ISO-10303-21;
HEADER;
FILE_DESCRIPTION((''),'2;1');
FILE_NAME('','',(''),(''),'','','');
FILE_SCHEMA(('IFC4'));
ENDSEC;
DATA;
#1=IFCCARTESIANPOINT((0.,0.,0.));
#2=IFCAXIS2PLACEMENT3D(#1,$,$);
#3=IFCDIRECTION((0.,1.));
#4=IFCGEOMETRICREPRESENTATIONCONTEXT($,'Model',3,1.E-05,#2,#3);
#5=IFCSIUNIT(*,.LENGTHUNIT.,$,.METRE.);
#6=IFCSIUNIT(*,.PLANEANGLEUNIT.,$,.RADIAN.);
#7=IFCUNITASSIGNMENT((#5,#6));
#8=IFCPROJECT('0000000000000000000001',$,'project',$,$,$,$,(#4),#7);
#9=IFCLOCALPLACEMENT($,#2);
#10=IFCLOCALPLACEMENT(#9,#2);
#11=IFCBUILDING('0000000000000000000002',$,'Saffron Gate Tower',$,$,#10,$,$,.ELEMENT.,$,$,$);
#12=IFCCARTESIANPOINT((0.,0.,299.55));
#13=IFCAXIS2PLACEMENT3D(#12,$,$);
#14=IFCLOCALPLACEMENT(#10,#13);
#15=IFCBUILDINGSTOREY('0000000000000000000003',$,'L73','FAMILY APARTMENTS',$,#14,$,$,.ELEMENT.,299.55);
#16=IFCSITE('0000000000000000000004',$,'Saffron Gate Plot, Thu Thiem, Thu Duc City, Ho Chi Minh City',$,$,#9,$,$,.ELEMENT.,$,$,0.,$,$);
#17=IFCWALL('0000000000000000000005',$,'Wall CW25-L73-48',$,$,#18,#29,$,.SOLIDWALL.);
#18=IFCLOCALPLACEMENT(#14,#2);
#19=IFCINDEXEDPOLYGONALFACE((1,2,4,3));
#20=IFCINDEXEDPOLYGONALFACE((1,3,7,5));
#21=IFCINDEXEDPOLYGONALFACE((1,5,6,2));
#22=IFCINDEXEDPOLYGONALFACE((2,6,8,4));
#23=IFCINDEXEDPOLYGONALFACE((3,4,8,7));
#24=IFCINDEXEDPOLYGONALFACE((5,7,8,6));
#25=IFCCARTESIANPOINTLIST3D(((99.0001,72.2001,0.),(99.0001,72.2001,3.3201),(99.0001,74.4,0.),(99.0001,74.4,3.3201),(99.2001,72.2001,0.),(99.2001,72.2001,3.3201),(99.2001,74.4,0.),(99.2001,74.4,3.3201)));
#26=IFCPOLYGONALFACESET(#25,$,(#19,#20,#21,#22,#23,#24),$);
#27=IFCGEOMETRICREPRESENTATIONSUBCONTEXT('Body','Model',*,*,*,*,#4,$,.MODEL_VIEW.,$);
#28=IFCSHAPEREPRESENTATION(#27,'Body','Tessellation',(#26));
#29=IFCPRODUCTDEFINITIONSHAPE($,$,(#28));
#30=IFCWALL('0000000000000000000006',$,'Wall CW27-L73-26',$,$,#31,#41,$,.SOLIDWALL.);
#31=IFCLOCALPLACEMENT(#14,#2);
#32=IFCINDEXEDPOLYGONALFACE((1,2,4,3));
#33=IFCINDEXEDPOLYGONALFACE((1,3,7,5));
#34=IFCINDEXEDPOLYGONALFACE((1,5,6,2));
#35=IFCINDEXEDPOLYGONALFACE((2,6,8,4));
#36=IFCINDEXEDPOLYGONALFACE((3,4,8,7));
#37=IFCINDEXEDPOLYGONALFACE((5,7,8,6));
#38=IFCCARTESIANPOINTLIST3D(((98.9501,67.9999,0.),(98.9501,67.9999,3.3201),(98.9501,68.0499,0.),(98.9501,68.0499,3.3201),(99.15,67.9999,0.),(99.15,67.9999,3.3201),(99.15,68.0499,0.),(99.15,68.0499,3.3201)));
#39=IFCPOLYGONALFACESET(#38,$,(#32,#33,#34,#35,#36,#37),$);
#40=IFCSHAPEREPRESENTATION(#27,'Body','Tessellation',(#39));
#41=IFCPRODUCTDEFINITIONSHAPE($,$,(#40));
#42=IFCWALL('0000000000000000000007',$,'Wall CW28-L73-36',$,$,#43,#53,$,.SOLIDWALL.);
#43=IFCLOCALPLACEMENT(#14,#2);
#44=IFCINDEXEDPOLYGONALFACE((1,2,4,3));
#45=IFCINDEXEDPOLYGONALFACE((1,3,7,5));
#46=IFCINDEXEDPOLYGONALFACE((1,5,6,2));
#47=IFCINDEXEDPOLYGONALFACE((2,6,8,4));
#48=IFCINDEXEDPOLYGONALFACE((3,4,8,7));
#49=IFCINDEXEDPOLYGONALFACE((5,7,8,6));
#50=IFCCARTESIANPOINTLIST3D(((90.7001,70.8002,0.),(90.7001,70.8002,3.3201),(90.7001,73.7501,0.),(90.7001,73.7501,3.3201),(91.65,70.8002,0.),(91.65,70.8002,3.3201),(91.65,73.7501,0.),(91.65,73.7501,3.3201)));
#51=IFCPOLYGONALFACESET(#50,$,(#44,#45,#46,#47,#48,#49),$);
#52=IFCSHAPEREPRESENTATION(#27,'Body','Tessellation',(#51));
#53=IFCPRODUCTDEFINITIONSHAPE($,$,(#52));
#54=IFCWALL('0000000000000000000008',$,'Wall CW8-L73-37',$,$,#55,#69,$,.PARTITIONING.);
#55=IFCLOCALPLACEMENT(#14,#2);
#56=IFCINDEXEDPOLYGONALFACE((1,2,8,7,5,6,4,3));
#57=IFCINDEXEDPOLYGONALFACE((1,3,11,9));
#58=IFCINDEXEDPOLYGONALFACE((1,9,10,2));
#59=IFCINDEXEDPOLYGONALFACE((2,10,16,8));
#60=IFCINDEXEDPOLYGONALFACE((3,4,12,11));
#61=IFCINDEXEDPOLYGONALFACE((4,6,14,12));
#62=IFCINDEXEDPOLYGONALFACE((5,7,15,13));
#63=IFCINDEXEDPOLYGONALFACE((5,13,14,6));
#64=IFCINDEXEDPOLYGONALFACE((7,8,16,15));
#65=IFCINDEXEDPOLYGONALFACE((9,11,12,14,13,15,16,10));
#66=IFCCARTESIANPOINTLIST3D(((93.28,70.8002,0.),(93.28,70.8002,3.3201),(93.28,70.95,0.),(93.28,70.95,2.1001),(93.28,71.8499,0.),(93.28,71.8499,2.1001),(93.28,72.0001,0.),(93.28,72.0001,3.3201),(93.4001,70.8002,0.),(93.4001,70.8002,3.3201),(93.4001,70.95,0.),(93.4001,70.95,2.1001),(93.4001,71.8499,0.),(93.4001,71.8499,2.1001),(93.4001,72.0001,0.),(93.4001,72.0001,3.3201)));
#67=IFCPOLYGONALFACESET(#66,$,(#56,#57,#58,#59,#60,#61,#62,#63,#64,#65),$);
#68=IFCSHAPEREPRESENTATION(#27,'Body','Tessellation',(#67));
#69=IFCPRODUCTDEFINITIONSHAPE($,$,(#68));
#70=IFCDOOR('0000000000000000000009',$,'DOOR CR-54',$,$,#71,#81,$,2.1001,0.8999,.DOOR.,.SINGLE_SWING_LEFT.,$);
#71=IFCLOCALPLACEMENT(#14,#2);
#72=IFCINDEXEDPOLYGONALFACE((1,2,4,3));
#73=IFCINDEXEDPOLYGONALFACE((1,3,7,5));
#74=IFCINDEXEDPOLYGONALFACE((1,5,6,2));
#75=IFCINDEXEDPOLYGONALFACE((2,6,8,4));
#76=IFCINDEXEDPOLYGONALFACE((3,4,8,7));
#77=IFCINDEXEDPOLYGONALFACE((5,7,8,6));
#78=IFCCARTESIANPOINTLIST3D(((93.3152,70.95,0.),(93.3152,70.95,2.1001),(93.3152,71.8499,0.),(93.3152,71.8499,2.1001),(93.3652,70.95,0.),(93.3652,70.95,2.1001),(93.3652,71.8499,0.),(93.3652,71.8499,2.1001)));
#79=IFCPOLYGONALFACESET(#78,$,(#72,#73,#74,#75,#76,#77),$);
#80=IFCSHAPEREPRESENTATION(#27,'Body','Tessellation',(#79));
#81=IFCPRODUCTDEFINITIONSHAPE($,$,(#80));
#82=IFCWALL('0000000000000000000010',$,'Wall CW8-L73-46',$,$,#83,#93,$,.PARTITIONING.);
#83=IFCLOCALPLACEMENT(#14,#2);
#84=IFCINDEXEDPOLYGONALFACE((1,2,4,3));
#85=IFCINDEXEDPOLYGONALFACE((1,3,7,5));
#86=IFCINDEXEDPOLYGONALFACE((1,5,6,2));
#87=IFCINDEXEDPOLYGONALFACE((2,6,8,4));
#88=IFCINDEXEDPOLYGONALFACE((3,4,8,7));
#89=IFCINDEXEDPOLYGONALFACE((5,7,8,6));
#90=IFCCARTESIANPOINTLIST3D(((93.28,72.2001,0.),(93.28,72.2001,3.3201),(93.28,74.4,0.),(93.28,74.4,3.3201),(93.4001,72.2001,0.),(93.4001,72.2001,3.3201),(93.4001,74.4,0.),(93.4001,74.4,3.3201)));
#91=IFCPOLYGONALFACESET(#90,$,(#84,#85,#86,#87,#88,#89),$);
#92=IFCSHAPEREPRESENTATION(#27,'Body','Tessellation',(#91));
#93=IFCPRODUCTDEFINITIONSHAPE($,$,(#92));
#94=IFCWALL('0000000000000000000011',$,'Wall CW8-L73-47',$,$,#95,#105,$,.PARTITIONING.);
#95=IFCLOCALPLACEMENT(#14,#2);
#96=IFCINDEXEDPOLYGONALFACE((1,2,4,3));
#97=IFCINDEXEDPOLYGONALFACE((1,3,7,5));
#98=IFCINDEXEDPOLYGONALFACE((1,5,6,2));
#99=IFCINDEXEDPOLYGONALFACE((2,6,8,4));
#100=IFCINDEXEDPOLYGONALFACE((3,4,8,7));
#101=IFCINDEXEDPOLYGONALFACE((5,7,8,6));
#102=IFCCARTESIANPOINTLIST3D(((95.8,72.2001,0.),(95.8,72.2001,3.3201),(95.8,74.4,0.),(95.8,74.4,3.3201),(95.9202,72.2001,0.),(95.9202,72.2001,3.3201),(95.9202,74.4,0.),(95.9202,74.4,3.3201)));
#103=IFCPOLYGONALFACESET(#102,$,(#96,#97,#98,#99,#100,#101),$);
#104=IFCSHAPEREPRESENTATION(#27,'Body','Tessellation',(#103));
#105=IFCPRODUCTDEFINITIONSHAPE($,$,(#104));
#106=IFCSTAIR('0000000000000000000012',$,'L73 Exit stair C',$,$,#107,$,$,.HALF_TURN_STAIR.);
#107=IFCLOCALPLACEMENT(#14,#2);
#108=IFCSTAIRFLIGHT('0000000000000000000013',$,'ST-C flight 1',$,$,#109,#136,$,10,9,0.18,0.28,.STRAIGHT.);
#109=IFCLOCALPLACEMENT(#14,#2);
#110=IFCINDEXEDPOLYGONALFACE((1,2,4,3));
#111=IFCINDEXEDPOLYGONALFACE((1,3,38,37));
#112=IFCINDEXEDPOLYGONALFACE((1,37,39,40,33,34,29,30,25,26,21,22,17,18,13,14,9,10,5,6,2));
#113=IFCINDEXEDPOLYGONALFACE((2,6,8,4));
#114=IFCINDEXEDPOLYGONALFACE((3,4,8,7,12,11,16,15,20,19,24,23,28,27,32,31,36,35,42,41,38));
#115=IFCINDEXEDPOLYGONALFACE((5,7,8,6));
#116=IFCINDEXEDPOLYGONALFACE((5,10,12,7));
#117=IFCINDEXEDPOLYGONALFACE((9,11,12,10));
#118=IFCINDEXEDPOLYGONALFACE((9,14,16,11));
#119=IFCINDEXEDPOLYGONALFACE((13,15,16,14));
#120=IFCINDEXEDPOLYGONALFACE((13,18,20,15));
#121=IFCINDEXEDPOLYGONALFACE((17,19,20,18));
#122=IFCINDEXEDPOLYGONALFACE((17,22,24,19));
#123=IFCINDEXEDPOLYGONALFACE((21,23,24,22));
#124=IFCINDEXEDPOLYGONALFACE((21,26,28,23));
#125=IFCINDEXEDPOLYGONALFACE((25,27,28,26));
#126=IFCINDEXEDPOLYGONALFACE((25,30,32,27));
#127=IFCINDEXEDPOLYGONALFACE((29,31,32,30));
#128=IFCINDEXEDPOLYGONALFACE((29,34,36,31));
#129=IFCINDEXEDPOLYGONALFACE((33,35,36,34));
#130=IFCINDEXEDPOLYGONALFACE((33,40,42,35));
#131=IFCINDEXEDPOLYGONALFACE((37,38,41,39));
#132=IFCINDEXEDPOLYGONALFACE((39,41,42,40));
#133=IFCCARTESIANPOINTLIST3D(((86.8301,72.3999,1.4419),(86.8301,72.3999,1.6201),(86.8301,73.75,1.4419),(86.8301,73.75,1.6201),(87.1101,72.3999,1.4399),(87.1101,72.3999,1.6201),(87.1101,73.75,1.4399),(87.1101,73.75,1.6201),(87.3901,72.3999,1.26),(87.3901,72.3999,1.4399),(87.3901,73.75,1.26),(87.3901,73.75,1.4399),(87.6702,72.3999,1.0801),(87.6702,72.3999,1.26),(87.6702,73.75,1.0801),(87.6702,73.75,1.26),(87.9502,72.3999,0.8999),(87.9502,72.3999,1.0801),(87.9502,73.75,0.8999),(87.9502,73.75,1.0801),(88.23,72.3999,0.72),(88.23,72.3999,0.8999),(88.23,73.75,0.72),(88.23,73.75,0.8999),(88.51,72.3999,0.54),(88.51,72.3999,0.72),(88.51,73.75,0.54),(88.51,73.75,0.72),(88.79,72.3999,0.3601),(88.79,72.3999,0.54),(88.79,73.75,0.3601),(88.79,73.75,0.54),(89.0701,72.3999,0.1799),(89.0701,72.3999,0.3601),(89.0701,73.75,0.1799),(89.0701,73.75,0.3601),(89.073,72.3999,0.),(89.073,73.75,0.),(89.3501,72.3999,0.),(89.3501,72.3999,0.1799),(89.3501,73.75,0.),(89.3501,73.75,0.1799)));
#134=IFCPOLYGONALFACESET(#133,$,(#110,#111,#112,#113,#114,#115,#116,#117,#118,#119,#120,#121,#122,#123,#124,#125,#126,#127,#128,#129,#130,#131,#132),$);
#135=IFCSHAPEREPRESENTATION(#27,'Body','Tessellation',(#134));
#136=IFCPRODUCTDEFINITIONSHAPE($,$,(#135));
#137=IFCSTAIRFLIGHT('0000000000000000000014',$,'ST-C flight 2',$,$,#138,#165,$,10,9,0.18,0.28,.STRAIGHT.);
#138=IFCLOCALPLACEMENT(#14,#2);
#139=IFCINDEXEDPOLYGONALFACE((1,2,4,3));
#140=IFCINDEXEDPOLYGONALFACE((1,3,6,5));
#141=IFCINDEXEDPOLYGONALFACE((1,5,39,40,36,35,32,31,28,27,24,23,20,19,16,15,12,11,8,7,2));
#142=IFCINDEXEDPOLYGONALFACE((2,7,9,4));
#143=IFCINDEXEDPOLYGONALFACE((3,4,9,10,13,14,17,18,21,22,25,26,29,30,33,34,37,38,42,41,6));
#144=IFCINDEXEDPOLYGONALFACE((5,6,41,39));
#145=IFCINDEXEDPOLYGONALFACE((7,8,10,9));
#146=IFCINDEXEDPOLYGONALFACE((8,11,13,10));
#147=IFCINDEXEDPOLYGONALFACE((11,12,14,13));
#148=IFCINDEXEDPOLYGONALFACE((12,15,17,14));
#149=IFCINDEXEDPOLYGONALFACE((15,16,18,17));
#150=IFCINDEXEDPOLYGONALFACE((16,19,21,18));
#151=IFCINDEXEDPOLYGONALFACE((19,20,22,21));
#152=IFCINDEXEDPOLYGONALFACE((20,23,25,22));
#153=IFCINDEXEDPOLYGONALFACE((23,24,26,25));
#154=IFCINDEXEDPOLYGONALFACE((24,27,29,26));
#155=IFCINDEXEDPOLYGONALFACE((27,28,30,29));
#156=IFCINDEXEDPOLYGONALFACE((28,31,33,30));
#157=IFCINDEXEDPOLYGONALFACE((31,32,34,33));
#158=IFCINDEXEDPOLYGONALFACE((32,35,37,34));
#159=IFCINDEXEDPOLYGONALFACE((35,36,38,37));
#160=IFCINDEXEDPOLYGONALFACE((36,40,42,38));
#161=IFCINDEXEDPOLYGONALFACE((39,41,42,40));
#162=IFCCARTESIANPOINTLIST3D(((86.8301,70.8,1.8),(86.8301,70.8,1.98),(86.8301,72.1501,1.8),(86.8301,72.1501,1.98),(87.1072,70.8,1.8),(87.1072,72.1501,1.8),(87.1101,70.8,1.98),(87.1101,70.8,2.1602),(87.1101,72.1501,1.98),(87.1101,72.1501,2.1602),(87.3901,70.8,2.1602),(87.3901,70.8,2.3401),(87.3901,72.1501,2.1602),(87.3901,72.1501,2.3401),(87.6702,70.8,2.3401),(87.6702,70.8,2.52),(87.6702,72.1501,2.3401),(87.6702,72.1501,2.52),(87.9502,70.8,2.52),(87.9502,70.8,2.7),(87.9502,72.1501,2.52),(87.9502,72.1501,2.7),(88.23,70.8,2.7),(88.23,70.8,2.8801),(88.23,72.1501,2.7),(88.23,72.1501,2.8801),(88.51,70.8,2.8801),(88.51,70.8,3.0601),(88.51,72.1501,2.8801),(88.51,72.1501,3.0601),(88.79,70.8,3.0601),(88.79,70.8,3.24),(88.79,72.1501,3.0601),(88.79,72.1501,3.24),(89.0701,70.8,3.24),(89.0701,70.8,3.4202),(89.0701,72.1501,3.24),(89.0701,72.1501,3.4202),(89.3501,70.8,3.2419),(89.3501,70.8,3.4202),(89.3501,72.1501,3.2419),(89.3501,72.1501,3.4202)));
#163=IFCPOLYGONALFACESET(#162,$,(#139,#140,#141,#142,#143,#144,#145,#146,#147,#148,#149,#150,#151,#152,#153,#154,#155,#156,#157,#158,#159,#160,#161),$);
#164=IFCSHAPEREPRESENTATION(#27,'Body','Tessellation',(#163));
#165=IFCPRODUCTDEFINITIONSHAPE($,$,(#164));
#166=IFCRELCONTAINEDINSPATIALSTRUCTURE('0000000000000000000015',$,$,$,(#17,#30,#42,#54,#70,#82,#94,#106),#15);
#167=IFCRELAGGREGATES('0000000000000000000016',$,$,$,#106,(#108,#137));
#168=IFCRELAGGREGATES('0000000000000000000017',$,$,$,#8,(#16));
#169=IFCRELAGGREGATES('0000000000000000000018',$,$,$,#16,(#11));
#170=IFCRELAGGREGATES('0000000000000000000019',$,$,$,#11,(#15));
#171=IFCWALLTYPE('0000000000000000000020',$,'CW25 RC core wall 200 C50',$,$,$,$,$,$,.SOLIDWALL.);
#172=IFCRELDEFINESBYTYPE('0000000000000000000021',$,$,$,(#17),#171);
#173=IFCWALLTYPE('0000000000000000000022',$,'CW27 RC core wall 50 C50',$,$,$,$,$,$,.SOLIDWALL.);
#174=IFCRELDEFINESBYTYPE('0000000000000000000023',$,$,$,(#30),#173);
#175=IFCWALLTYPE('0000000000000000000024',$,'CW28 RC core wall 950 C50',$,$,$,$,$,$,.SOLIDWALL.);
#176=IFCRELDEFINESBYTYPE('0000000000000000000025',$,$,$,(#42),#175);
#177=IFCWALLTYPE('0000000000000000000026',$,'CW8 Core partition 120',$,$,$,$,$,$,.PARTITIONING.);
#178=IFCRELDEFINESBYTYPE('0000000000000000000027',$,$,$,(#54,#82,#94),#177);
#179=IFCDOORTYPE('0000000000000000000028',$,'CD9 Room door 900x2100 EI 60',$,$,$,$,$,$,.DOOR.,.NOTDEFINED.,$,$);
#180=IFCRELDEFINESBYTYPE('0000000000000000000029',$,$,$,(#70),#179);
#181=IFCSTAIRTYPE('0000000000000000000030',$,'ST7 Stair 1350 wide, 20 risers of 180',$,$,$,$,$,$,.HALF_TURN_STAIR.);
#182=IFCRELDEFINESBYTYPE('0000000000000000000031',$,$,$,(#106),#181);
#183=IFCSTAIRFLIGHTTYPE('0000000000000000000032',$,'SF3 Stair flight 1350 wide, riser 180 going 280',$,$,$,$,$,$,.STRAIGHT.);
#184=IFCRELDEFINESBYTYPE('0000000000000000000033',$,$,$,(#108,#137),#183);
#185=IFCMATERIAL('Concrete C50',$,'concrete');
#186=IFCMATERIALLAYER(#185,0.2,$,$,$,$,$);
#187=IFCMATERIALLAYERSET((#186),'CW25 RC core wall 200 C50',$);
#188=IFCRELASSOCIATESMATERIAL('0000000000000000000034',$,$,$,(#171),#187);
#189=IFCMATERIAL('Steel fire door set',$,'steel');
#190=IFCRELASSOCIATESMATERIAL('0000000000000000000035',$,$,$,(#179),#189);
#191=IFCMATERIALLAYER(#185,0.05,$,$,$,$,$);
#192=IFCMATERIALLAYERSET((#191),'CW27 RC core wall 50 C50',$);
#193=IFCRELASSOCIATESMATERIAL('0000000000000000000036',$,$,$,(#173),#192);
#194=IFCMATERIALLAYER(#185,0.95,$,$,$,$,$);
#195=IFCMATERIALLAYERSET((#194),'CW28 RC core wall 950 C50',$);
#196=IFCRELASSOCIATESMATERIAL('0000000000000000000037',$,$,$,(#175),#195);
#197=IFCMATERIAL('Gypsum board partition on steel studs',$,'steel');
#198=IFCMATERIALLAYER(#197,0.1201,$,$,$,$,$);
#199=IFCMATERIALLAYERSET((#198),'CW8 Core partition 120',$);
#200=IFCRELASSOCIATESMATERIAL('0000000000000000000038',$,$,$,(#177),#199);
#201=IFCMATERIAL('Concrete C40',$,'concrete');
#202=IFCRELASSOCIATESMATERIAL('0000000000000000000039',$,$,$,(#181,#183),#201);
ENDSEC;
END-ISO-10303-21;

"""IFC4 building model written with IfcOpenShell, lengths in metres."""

from ifc_helpers import new_model, si_unit, direction, frame, frame_2d, origin, place, context, subcontext, project, spatial, polyline, rectangle, outline, extrude, material, layer, layer_set, type_object, element, fill, aggregate, save


model = new_model("IFC4")

# Units and contexts
model_context = context("Model", 3, precision=1e-05, world=origin(), true_north=direction((0.0, 1.0)))
body_context = subcontext(model_context, "Body", "Model", "MODEL_VIEW")
ifc_project = project(units=[si_unit("LENGTHUNIT", "METRE"), si_unit("PLANEANGLEUNIT", "RADIAN")], contexts=[model_context])

# Site, building, storey
site_placement = place(None, origin())
site = spatial("IfcSite", under=ifc_project, at=site_placement, Name="Saffron Gate Plot, Thu Thiem, Thu Duc City, Ho Chi Minh City", CompositionType="ELEMENT", RefElevation=0.0)
building_placement = place(site_placement, origin())
building = spatial("IfcBuilding", under=site, at=building_placement, Name="Saffron Gate Tower", CompositionType="ELEMENT")
storey_placement = place(building_placement, frame((0.0, 0.0, 299.55)))
storey = spatial("IfcBuildingStorey", under=building, at=storey_placement, Name="L73", Description="FAMILY APARTMENTS", CompositionType="ELEMENT", Elevation=299.55)

# Shared definitions
ifc_material_1 = material(Name="Concrete C50", Category="concrete")
ifc_material_2 = material(Name="Steel fire door set", Category="steel")

# Shared definitions
ifc_layer_1 = layer(ifc_material_1, 0.2)
ifc_layer_set_1 = layer_set([ifc_layer_1], Name="CW25 RC core wall 200 C50")
wall_type_1 = type_object("IfcWallType", Name="CW25 RC core wall 200 C50", PredefinedType="SOLIDWALL", material=ifc_layer_set_1)

# Shared definitions
door_type_1 = type_object("IfcDoorType", Name="CD9 Room door 900x2100 EI 60", OperationType="NOTDEFINED", PredefinedType="DOOR", material=ifc_material_2)

# Walls
wall_1_placement = place(storey_placement, frame((99.1001, 72.2, 0.0), z_axis=(0.0, 0.0, 1.0), x_axis=(0.0, 1.0, 0.0)))
element("IfcWall", 1, at=wall_1_placement, inside=storey, type_object=wall_type_1, Name="Wall CW25-L73-48", PredefinedType="SOLIDWALL", context=body_context, shape_type="SweptSolid", body=[
    extrude(rectangle(XDim=2.2, YDim=0.2, at=frame_2d((1.1001, 0.0))), origin(), (0.0, 0.0, 1.0), 3.3201),
])
ifc_layer_2 = layer(ifc_material_1, 0.05)
ifc_layer_set_2 = layer_set([ifc_layer_2], Name="CW27 RC core wall 50 C50")
wall_type_2 = type_object("IfcWallType", Name="CW27 RC core wall 50 C50", PredefinedType="SOLIDWALL", material=ifc_layer_set_2)
wall_2_placement = place(storey_placement, frame((98.95, 68.0249, 0.0), z_axis=(0.0, 0.0, 1.0), x_axis=(1.0, 0.0, 0.0)))
element("IfcWall", 2, at=wall_2_placement, inside=storey, type_object=wall_type_2, Name="Wall CW27-L73-26", PredefinedType="SOLIDWALL", context=body_context, shape_type="SweptSolid", body=[
    extrude(rectangle(XDim=0.2, YDim=0.05, at=frame_2d((0.1001, 0.0))), origin(), (0.0, 0.0, 1.0), 3.3201),
])
ifc_layer_3 = layer(ifc_material_1, 0.95)
ifc_layer_set_3 = layer_set([ifc_layer_3], Name="CW28 RC core wall 950 C50")
wall_type_3 = type_object("IfcWallType", Name="CW28 RC core wall 950 C50", PredefinedType="SOLIDWALL", material=ifc_layer_set_3)
wall_3_placement = place(storey_placement, frame((91.175, 70.8, 0.0), z_axis=(0.0, 0.0, 1.0), x_axis=(0.0, 1.0, 0.0)))
element("IfcWall", 3, at=wall_3_placement, inside=storey, type_object=wall_type_3, Name="Wall CW28-L73-36", PredefinedType="SOLIDWALL", context=body_context, shape_type="SweptSolid", body=[
    extrude(rectangle(XDim=2.95, YDim=0.95, at=frame_2d((1.4751, 0.0))), origin(), (0.0, 0.0, 1.0), 3.3201),
])

# Wall, opening, door
ifc_material_3 = material(Name="Gypsum board partition on steel studs", Category="steel")
ifc_layer_4 = layer(ifc_material_3, 0.1201)
ifc_layer_set_4 = layer_set([ifc_layer_4], Name="CW8 Core partition 120")
wall_type_4 = type_object("IfcWallType", Name="CW8 Core partition 120", PredefinedType="PARTITIONING", material=ifc_layer_set_4)
wall_4_placement = place(storey_placement, frame((93.3401, 70.8, 0.0), z_axis=(0.0, 0.0, 1.0), x_axis=(0.0, 1.0, 0.0)))
wall_4 = element("IfcWall", 4, at=wall_4_placement, inside=storey, type_object=wall_type_4, Name="Wall CW8-L73-37", PredefinedType="PARTITIONING", context=body_context, shape_type="SweptSolid", body=[
    extrude(rectangle(XDim=1.2, YDim=0.1201, at=frame_2d((0.6001, 0.0))), origin(), (0.0, 0.0, 1.0), 3.3201),
])
opening_1_placement = place(wall_4_placement, frame((0.1499, 0.0, 0.0)))
opening_1 = element("IfcOpeningElement", 5, at=opening_1_placement, cuts=wall_4, PredefinedType="OPENING", context=body_context, shape_type="SweptSolid", body=[
    extrude(rectangle(XDim=0.8999, YDim=2.1001, at=frame_2d((0.45, 1.05))), frame((0.0, 0.0701, 0.0), z_axis=(0.0, -1.0, 0.0), x_axis=(1.0, 0.0, 0.0)), (0.0, 0.0, 1.0), 0.1401),
])
door_1_placement = place(opening_1_placement, origin())
door_1 = element("IfcDoor", 6, at=door_1_placement, inside=storey, type_object=door_type_1, Name="DOOR CR-54", OperationType="SINGLE_SWING_LEFT", OverallHeight=2.1001, OverallWidth=0.8999, PredefinedType="DOOR", context=body_context, shape_type="SweptSolid", body=[
    extrude(rectangle(XDim=0.8999, YDim=2.1001, at=frame_2d((0.45, 1.05))), frame((0.0, 0.0249, 0.0), z_axis=(0.0, -1.0, 0.0), x_axis=(1.0, 0.0, 0.0)), (0.0, 0.0, 1.0), 0.05),
])
fill(opening_1, door_1)

# Walls
for number, where, z_axis, x_axis, name in (
    (7, (93.3401, 72.2, 0.0), (0.0, 0.0, 1.0), (0.0, 1.0, 0.0), "Wall CW8-L73-46"),
    (8, (95.8601, 72.2, 0.0), (0.0, 0.0, 1.0), (0.0, 1.0, 0.0), "Wall CW8-L73-47"),
):
    element("IfcWall", number, at=place(storey_placement, frame(where, z_axis=z_axis, x_axis=x_axis)), inside=storey, type_object=wall_type_4, Name=name, PredefinedType="PARTITIONING", context=body_context, shape_type="SweptSolid", body=[
        extrude(rectangle(XDim=2.2, YDim=0.1201, at=frame_2d((1.1001, 0.0))), origin(), (0.0, 0.0, 1.0), 3.3201),
    ])

# Stair, stair flights
ifc_material_4 = material(Name="Concrete C40", Category="concrete")
stair_type = type_object("IfcStairType", Name="ST7 Stair 1350 wide, 20 risers of 180", PredefinedType="HALF_TURN_STAIR", material=ifc_material_4)
stair_placement = place(storey_placement, origin())
stair = element("IfcStair", 9, at=stair_placement, inside=storey, type_object=stair_type, Name="L73 Exit stair C", PredefinedType="HALF_TURN_STAIR")
stair_flight_type = type_object("IfcStairFlightType", Name="SF3 Stair flight 1350 wide, riser 180 going 280", PredefinedType="STRAIGHT", material=ifc_material_4)
stair_flight_1_placement = place(storey_placement, frame((89.3501, 73.075, 0.0), z_axis=(0.0, 0.0, 1.0), x_axis=(-1.0, 0.0, 0.0)))
stair_flight_1 = element("IfcStairFlight", 10, at=stair_flight_1_placement, type_object=stair_flight_type, Name="ST-C flight 1", NumberOfRisers=10, NumberOfTreads=9, PredefinedType="STRAIGHT", RiserHeight=0.18, TreadLength=0.28, context=body_context, shape_type="SweptSolid", body=[
    extrude(outline(polyline([(0.0, 0.0), (0.0, 0.1799), (0.28, 0.1799), (0.28, 0.3601), (0.5601, 0.3601), (0.5601, 0.54), (0.8401, 0.54), (0.8401, 0.72), (1.1201, 0.72), (1.1201, 0.8999), (1.3999, 0.8999), (1.3999, 1.0801), (1.6799, 1.0801), (1.6799, 1.26), (1.96, 1.26), (1.96, 1.4399), (2.24, 1.4399), (2.24, 1.6201), (2.52, 1.6201), (2.52, 1.8), (2.52, 1.4419), (0.2771, 0.0), (0.0, 0.0)])), frame((0.0, 0.675, 0.0), z_axis=(0.0, -1.0, 0.0), x_axis=(1.0, 0.0, 0.0)), (0.0, 0.0, 1.0), 1.3501),
])
stair_flight_2_placement = place(storey_placement, frame((86.8301, 71.4751, 1.8), z_axis=(0.0, 0.0, 1.0), x_axis=(1.0, 0.0, 0.0)))
stair_flight_2 = element("IfcStairFlight", 11, at=stair_flight_2_placement, type_object=stair_flight_type, Name="ST-C flight 2", NumberOfRisers=10, NumberOfTreads=9, PredefinedType="STRAIGHT", RiserHeight=0.18, TreadLength=0.28, context=body_context, shape_type="SweptSolid", body=[
    extrude(outline(polyline([(0.0, 0.0), (0.0, 0.1799), (0.28, 0.1799), (0.28, 0.3601), (0.5601, 0.3601), (0.5601, 0.54), (0.8401, 0.54), (0.8401, 0.72), (1.1201, 0.72), (1.1201, 0.8999), (1.3999, 0.8999), (1.3999, 1.0801), (1.6799, 1.0801), (1.6799, 1.26), (1.96, 1.26), (1.96, 1.4399), (2.24, 1.4399), (2.24, 1.6201), (2.52, 1.6201), (2.52, 1.8), (2.52, 1.4419), (0.2771, 0.0), (0.0, 0.0)])), frame((0.0, 0.675, 0.0), z_axis=(0.0, -1.0, 0.0), x_axis=(1.0, 0.0, 0.0)), (0.0, 0.0, 1.0), 1.3501),
])
aggregate(stair, [stair_flight_1, stair_flight_2])

save(model, "model.ifc")
